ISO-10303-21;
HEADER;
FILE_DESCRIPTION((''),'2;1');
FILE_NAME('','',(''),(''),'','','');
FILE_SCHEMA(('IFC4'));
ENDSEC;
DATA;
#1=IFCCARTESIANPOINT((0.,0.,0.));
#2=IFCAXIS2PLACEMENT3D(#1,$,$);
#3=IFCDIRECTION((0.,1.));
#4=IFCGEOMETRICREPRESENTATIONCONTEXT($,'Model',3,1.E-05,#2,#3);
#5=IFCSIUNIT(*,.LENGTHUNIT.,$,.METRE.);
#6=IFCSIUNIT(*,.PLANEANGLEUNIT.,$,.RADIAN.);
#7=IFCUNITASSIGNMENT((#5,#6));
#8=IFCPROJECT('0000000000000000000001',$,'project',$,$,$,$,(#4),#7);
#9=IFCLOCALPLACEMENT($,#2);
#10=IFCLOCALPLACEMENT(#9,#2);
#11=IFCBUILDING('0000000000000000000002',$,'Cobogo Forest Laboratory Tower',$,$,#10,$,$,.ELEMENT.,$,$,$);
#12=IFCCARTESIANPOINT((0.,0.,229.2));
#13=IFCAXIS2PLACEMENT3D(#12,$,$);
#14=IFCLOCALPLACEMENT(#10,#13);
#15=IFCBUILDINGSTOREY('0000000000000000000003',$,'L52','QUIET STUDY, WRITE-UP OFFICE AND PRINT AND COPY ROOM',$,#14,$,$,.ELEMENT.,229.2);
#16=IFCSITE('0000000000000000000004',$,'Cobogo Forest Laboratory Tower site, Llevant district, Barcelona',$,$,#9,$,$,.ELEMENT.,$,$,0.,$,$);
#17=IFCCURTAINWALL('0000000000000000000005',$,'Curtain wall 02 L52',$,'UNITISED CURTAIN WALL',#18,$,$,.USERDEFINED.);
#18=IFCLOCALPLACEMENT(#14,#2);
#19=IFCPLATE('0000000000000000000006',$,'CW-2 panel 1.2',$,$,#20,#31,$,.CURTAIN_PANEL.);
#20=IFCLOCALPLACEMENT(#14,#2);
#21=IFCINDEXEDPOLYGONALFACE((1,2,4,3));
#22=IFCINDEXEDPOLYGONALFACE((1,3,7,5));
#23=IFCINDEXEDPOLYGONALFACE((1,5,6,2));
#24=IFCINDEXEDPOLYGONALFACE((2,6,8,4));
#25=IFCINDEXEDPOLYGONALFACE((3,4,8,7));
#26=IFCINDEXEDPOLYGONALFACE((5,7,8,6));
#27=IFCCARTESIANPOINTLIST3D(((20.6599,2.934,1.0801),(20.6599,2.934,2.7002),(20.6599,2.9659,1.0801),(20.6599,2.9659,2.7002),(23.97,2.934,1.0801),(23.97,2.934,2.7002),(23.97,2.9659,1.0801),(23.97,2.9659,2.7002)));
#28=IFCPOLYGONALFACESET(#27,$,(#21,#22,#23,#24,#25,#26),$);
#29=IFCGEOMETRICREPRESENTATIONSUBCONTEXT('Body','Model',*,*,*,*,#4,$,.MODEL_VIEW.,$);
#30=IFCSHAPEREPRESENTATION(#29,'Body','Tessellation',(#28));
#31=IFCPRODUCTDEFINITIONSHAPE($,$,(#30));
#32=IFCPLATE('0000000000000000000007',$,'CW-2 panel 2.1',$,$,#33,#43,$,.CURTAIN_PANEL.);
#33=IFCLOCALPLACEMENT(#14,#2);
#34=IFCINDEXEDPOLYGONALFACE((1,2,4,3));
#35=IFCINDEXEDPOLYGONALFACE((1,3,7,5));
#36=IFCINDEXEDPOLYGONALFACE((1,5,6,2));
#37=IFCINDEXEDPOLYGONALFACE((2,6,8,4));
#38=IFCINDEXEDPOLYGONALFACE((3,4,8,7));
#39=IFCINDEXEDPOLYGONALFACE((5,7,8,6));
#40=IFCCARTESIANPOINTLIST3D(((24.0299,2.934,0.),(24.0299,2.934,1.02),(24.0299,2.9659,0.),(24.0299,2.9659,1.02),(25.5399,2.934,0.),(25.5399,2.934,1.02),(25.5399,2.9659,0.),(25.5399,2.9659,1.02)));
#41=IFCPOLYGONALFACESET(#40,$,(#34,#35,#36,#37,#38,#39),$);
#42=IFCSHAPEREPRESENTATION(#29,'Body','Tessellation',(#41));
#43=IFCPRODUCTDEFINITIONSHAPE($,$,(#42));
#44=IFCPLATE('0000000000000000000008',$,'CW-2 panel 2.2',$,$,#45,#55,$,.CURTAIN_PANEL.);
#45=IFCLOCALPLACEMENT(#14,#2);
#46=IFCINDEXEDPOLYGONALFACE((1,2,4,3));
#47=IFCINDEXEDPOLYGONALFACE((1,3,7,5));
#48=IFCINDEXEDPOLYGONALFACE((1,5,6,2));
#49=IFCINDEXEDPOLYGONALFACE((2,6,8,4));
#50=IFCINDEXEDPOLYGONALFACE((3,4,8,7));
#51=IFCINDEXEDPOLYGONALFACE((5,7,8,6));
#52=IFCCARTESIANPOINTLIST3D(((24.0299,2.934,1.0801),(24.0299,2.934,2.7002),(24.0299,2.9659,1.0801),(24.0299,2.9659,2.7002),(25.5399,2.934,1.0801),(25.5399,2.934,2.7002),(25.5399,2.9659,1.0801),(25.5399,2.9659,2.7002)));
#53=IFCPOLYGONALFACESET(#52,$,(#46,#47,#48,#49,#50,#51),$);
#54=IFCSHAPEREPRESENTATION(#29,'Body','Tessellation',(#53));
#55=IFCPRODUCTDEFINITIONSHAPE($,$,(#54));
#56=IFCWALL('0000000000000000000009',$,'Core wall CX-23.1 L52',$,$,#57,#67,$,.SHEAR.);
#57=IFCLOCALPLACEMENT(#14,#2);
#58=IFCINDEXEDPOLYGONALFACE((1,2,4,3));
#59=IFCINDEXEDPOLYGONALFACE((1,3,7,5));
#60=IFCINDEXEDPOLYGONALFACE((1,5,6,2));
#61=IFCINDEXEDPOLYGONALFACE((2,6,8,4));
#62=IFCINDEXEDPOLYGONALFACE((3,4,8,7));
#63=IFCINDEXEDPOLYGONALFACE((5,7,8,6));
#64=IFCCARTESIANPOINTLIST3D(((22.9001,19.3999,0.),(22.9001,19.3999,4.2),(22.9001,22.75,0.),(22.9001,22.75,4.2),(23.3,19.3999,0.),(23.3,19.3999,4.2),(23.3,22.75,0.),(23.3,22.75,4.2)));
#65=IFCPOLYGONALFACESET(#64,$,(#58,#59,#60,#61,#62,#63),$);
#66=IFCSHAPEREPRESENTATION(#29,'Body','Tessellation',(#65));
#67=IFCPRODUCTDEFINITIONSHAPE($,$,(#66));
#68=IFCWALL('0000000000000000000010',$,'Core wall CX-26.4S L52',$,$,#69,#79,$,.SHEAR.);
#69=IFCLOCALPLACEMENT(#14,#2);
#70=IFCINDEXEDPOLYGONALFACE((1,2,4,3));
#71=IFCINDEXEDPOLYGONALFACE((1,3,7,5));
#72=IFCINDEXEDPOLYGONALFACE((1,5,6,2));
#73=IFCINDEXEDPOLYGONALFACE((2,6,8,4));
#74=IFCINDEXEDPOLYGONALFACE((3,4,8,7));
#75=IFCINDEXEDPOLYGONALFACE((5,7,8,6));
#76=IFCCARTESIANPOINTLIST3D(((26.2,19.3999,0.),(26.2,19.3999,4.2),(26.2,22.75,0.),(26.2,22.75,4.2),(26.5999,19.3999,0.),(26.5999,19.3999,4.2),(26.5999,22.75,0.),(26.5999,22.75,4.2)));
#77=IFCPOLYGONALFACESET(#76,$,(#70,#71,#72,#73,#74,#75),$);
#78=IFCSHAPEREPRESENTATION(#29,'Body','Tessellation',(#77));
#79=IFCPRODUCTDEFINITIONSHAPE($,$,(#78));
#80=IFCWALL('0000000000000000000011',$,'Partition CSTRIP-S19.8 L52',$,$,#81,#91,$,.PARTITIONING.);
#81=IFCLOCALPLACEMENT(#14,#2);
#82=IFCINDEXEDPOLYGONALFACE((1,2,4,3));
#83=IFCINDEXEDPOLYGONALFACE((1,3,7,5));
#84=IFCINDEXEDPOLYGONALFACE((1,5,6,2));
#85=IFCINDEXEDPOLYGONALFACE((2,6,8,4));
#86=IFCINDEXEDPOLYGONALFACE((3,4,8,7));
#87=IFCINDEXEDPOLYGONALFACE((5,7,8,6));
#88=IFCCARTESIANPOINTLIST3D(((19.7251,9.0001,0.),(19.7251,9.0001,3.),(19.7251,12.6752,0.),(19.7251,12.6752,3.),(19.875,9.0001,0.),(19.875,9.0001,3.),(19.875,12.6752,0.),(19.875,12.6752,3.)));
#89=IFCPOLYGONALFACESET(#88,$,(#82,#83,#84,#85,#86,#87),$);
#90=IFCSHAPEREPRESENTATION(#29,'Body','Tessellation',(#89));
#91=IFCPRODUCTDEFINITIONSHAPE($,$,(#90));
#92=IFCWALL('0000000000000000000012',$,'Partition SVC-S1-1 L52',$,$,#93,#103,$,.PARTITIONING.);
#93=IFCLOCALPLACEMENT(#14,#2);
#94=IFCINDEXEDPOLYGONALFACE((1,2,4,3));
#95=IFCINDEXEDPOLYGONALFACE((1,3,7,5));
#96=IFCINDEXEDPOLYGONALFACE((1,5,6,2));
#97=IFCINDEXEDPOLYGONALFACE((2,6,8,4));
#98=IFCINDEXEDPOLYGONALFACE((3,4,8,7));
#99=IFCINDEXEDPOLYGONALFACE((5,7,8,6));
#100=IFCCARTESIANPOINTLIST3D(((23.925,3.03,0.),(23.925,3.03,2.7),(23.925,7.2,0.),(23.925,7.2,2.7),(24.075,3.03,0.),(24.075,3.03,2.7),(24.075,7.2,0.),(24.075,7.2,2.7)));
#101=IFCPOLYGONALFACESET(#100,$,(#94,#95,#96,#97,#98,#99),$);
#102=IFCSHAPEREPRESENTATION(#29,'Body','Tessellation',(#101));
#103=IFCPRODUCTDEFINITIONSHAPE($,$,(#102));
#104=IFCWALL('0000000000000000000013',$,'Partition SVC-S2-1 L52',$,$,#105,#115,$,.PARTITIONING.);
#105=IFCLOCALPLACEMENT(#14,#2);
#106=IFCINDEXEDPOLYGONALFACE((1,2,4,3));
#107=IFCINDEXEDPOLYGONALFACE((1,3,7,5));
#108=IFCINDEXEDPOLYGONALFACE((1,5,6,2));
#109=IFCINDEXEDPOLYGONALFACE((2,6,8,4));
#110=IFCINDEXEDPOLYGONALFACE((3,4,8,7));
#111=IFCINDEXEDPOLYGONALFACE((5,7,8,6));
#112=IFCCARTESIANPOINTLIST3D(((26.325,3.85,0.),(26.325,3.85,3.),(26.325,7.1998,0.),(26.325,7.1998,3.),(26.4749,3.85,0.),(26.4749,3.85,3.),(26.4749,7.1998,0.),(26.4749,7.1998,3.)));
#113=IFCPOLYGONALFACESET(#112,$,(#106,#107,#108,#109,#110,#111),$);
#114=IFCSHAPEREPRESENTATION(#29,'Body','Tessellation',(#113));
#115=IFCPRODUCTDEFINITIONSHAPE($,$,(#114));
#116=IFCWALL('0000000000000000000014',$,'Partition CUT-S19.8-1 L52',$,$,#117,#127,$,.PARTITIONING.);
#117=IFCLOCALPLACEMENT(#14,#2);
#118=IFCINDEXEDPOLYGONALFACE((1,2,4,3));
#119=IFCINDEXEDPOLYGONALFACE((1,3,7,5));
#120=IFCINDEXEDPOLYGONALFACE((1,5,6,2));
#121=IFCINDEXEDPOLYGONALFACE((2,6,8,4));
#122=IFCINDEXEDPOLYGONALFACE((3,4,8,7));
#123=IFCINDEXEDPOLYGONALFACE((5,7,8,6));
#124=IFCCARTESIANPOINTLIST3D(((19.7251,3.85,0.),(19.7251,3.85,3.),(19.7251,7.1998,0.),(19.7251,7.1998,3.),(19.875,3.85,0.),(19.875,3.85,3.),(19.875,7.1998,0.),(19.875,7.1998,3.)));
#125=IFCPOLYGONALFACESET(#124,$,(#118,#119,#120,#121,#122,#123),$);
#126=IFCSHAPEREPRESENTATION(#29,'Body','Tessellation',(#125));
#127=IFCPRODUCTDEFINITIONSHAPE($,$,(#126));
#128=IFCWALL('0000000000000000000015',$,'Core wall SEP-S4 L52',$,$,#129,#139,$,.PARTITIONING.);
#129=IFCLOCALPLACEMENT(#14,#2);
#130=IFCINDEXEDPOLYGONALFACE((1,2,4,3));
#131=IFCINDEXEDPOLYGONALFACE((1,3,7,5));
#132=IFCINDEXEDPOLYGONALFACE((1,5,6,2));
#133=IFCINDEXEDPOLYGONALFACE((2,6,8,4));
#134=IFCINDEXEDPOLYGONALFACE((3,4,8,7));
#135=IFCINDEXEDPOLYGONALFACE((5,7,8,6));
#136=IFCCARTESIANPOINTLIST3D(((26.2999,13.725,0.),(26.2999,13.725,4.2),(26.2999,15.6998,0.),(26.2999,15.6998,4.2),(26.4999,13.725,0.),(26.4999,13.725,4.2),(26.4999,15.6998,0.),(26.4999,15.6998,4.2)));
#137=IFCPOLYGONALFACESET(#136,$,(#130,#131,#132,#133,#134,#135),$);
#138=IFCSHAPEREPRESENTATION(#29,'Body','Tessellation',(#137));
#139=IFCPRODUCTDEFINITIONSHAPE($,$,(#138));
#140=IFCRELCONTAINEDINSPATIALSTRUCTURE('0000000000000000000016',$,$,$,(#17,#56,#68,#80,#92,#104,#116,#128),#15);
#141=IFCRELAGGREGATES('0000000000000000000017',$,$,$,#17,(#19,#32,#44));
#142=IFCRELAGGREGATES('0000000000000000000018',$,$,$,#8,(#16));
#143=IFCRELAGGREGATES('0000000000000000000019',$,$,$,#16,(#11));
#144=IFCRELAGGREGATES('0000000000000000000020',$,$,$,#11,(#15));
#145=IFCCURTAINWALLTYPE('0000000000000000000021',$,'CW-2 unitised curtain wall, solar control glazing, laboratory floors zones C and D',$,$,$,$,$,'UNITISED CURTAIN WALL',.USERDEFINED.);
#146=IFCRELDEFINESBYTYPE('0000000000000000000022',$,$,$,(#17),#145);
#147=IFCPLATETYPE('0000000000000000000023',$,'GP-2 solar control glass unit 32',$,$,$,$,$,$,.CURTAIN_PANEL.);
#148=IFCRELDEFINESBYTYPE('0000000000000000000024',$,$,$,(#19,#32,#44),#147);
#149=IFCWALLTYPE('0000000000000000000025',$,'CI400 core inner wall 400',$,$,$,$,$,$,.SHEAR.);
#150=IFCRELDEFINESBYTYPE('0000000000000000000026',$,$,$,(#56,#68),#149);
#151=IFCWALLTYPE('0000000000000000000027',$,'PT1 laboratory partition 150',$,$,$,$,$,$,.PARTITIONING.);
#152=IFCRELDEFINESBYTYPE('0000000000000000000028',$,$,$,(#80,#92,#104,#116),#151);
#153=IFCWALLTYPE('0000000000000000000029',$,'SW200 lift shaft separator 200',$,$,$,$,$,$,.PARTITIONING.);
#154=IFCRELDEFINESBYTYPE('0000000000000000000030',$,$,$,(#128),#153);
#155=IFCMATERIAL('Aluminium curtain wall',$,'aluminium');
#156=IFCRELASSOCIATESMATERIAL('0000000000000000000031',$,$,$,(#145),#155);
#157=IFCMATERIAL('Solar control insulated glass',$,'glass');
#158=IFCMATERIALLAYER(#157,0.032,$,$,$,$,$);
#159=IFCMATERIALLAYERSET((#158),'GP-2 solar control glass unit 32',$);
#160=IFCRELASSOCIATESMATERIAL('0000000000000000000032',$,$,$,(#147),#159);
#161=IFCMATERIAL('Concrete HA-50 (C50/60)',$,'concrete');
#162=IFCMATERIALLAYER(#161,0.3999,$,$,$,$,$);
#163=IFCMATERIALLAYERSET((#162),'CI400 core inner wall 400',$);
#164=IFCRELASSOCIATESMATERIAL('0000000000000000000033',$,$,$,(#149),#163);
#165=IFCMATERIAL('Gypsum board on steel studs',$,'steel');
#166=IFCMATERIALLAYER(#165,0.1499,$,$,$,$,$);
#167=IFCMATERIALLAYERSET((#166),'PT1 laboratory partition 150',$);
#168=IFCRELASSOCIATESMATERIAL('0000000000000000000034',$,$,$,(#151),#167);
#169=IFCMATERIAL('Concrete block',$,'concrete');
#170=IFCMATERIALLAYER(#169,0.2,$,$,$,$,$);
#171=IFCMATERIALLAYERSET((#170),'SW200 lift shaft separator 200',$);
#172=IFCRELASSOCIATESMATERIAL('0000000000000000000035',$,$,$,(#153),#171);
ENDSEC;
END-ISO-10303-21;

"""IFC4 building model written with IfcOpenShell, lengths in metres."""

from ifc_helpers import new_model, si_unit, direction, frame, frame_2d, origin, origin_2d, place, context, subcontext, project, spatial, rectangle, extrude, material, layer, layer_set, type_object, element, aggregate, save


model = new_model("IFC4")

# Units and contexts
model_context = context("Model", 3, precision=1e-05, world=origin(), true_north=direction((0.0, 1.0)))
body_context = subcontext(model_context, "Body", "Model", "MODEL_VIEW")
ifc_project = project(units=[si_unit("LENGTHUNIT", "METRE"), si_unit("PLANEANGLEUNIT", "RADIAN")], contexts=[model_context])

# Site, building, storey
site_placement = place(None, origin())
site = spatial("IfcSite", under=ifc_project, at=site_placement, Name="Cobogo Forest Laboratory Tower site, Llevant district, Barcelona", CompositionType="ELEMENT", RefElevation=0.0)
building_placement = place(site_placement, origin())
building = spatial("IfcBuilding", under=site, at=building_placement, Name="Cobogo Forest Laboratory Tower", CompositionType="ELEMENT")
storey_placement = place(building_placement, frame((0.0, 0.0, 229.2)))
storey = spatial("IfcBuildingStorey", under=building, at=storey_placement, Name="L52", Description="QUIET STUDY, WRITE-UP OFFICE AND PRINT AND COPY ROOM", CompositionType="ELEMENT", Elevation=229.2)

# Shared definitions
ifc_material_1 = material(Name="Concrete HA-50 (C50/60)", Category="concrete")

# Shared definitions
ifc_material_2 = material(Name="Aluminium curtain wall", Category="aluminium")
curtain_wall_type = type_object("IfcCurtainWallType", Name="CW-2 unitised curtain wall, solar control glazing, laboratory floors zones C and D", ElementType="UNITISED CURTAIN WALL", PredefinedType="USERDEFINED", material=ifc_material_2)

# Curtain wall
curtain_wall_1_placement = place(storey_placement, origin())
curtain_wall_1 = element("IfcCurtainWall", 1, at=curtain_wall_1_placement, inside=storey, type_object=curtain_wall_type, Name="Curtain wall 02 L52", ObjectType="UNITISED CURTAIN WALL", PredefinedType="USERDEFINED")

# Plates
ifc_material_3 = material(Name="Solar control insulated glass", Category="glass")
ifc_layer_1 = layer(ifc_material_3, 0.032)
ifc_layer_set_1 = layer_set([ifc_layer_1], Name="GP-2 solar control glass unit 32")
plate_type_1 = type_object("IfcPlateType", Name="GP-2 solar control glass unit 32", PredefinedType="CURTAIN_PANEL", material=ifc_layer_set_1)
plate_1_placement = place(storey_placement, frame((22.3149, 2.95, 1.0801), z_axis=(0.0, 0.0, 1.0), x_axis=(1.0, 0.0, 0.0)))
plate_1 = element("IfcPlate", 2, at=plate_1_placement, type_object=plate_type_1, Name="CW-2 panel 1.2", PredefinedType="CURTAIN_PANEL", context=body_context, shape_type="SweptSolid", body=[
    extrude(rectangle(XDim=3.3101, YDim=0.032, at=origin_2d()), origin(), (0.0, 0.0, 1.0), 1.6201),
])
plate_2_placement = place(storey_placement, frame((24.7849, 2.95, 0.0), z_axis=(0.0, 0.0, 1.0), x_axis=(1.0, 0.0, 0.0)))
plate_2 = element("IfcPlate", 3, at=plate_2_placement, type_object=plate_type_1, Name="CW-2 panel 2.1", PredefinedType="CURTAIN_PANEL", context=body_context, shape_type="SweptSolid", body=[
    extrude(rectangle(XDim=1.51, YDim=0.032, at=origin_2d()), origin(), (0.0, 0.0, 1.0), 1.02),
])
plate_3_placement = place(storey_placement, frame((24.7849, 2.95, 1.0801), z_axis=(0.0, 0.0, 1.0), x_axis=(1.0, 0.0, 0.0)))
plate_3 = element("IfcPlate", 4, at=plate_3_placement, type_object=plate_type_1, Name="CW-2 panel 2.2", PredefinedType="CURTAIN_PANEL", context=body_context, shape_type="SweptSolid", body=[
    extrude(rectangle(XDim=1.51, YDim=0.032, at=origin_2d()), origin(), (0.0, 0.0, 1.0), 1.6201),
])
aggregate(curtain_wall_1, [plate_1, plate_2, plate_3])

# Walls
ifc_layer_2 = layer(ifc_material_1, 0.3999)
ifc_layer_set_2 = layer_set([ifc_layer_2], Name="CI400 core inner wall 400")
wall_type_1 = type_object("IfcWallType", Name="CI400 core inner wall 400", PredefinedType="SHEAR", material=ifc_layer_set_2)
for number, where, z_axis, x_axis, name in (
    (5, (23.1001, 19.3999, 0.0), (0.0, 0.0, 1.0), (0.0, 1.0, 0.0), "Core wall CX-23.1 L52"),
    (6, (26.3999, 19.3999, 0.0), (0.0, 0.0, 1.0), (0.0, 1.0, 0.0), "Core wall CX-26.4S L52"),
):
    element("IfcWall", number, at=place(storey_placement, frame(where, z_axis=z_axis, x_axis=x_axis)), inside=storey, type_object=wall_type_1, Name=name, PredefinedType="SHEAR", context=body_context, shape_type="SweptSolid", body=[
        extrude(rectangle(XDim=3.3501, YDim=0.3999, at=frame_2d((1.675, 0.0))), origin(), (0.0, 0.0, 1.0), 4.2),
    ])
ifc_material_4 = material(Name="Gypsum board on steel studs", Category="steel")
ifc_layer_3 = layer(ifc_material_4, 0.1499)
ifc_layer_set_3 = layer_set([ifc_layer_3], Name="PT1 laboratory partition 150")
wall_type_2 = type_object("IfcWallType", Name="PT1 laboratory partition 150", PredefinedType="PARTITIONING", material=ifc_layer_set_3)
wall_1_placement = place(storey_placement, frame((19.8, 12.675, 0.0), z_axis=(0.0, 0.0, 1.0), x_axis=(0.0, -1.0, 0.0)))
element("IfcWall", 7, at=wall_1_placement, inside=storey, type_object=wall_type_2, Name="Partition CSTRIP-S19.8 L52", PredefinedType="PARTITIONING", context=body_context, shape_type="SweptSolid", body=[
    extrude(rectangle(XDim=3.675, YDim=0.1499, at=frame_2d((1.8374, 0.0))), origin(), (0.0, 0.0, 1.0), 3.0),
])
wall_2_placement = place(storey_placement, frame((24.0, 3.03, 0.0), z_axis=(0.0, 0.0, 1.0), x_axis=(0.0, 1.0, 0.0)))
element("IfcWall", 8, at=wall_2_placement, inside=storey, type_object=wall_type_2, Name="Partition SVC-S1-1 L52", PredefinedType="PARTITIONING", context=body_context, shape_type="SweptSolid", body=[
    extrude(rectangle(XDim=4.1699, YDim=0.1499, at=frame_2d((2.085, 0.0))), origin(), (0.0, 0.0, 1.0), 2.7),
])
for number, where, z_axis, x_axis, name in (
    (9, (26.3999, 3.8501, 0.0), (0.0, 0.0, 1.0), (0.0, 1.0, 0.0), "Partition SVC-S2-1 L52"),
    (10, (19.8, 3.8501, 0.0), (0.0, 0.0, 1.0), (0.0, 1.0, 0.0), "Partition CUT-S19.8-1 L52"),
):
    element("IfcWall", number, at=place(storey_placement, frame(where, z_axis=z_axis, x_axis=x_axis)), inside=storey, type_object=wall_type_2, Name=name, PredefinedType="PARTITIONING", context=body_context, shape_type="SweptSolid", body=[
        extrude(rectangle(XDim=3.3499, YDim=0.1499, at=frame_2d((1.6748, 0.0))), origin(), (0.0, 0.0, 1.0), 3.0),
    ])
ifc_material_5 = material(Name="Concrete block", Category="concrete")
ifc_layer_4 = layer(ifc_material_5, 0.2)
ifc_layer_set_4 = layer_set([ifc_layer_4], Name="SW200 lift shaft separator 200")
wall_type_3 = type_object("IfcWallType", Name="SW200 lift shaft separator 200", PredefinedType="PARTITIONING", material=ifc_layer_set_4)
wall_3_placement = place(storey_placement, frame((26.3999, 13.7251, 0.0), z_axis=(0.0, 0.0, 1.0), x_axis=(0.0, 1.0, 0.0)))
element("IfcWall", 11, at=wall_3_placement, inside=storey, type_object=wall_type_3, Name="Core wall SEP-S4 L52", PredefinedType="PARTITIONING", context=body_context, shape_type="SweptSolid", body=[
    extrude(rectangle(XDim=1.9749, YDim=0.2, at=frame_2d((0.9873, 0.0))), origin(), (0.0, 0.0, 1.0), 4.2),
])

save(model, "model.ifc")
